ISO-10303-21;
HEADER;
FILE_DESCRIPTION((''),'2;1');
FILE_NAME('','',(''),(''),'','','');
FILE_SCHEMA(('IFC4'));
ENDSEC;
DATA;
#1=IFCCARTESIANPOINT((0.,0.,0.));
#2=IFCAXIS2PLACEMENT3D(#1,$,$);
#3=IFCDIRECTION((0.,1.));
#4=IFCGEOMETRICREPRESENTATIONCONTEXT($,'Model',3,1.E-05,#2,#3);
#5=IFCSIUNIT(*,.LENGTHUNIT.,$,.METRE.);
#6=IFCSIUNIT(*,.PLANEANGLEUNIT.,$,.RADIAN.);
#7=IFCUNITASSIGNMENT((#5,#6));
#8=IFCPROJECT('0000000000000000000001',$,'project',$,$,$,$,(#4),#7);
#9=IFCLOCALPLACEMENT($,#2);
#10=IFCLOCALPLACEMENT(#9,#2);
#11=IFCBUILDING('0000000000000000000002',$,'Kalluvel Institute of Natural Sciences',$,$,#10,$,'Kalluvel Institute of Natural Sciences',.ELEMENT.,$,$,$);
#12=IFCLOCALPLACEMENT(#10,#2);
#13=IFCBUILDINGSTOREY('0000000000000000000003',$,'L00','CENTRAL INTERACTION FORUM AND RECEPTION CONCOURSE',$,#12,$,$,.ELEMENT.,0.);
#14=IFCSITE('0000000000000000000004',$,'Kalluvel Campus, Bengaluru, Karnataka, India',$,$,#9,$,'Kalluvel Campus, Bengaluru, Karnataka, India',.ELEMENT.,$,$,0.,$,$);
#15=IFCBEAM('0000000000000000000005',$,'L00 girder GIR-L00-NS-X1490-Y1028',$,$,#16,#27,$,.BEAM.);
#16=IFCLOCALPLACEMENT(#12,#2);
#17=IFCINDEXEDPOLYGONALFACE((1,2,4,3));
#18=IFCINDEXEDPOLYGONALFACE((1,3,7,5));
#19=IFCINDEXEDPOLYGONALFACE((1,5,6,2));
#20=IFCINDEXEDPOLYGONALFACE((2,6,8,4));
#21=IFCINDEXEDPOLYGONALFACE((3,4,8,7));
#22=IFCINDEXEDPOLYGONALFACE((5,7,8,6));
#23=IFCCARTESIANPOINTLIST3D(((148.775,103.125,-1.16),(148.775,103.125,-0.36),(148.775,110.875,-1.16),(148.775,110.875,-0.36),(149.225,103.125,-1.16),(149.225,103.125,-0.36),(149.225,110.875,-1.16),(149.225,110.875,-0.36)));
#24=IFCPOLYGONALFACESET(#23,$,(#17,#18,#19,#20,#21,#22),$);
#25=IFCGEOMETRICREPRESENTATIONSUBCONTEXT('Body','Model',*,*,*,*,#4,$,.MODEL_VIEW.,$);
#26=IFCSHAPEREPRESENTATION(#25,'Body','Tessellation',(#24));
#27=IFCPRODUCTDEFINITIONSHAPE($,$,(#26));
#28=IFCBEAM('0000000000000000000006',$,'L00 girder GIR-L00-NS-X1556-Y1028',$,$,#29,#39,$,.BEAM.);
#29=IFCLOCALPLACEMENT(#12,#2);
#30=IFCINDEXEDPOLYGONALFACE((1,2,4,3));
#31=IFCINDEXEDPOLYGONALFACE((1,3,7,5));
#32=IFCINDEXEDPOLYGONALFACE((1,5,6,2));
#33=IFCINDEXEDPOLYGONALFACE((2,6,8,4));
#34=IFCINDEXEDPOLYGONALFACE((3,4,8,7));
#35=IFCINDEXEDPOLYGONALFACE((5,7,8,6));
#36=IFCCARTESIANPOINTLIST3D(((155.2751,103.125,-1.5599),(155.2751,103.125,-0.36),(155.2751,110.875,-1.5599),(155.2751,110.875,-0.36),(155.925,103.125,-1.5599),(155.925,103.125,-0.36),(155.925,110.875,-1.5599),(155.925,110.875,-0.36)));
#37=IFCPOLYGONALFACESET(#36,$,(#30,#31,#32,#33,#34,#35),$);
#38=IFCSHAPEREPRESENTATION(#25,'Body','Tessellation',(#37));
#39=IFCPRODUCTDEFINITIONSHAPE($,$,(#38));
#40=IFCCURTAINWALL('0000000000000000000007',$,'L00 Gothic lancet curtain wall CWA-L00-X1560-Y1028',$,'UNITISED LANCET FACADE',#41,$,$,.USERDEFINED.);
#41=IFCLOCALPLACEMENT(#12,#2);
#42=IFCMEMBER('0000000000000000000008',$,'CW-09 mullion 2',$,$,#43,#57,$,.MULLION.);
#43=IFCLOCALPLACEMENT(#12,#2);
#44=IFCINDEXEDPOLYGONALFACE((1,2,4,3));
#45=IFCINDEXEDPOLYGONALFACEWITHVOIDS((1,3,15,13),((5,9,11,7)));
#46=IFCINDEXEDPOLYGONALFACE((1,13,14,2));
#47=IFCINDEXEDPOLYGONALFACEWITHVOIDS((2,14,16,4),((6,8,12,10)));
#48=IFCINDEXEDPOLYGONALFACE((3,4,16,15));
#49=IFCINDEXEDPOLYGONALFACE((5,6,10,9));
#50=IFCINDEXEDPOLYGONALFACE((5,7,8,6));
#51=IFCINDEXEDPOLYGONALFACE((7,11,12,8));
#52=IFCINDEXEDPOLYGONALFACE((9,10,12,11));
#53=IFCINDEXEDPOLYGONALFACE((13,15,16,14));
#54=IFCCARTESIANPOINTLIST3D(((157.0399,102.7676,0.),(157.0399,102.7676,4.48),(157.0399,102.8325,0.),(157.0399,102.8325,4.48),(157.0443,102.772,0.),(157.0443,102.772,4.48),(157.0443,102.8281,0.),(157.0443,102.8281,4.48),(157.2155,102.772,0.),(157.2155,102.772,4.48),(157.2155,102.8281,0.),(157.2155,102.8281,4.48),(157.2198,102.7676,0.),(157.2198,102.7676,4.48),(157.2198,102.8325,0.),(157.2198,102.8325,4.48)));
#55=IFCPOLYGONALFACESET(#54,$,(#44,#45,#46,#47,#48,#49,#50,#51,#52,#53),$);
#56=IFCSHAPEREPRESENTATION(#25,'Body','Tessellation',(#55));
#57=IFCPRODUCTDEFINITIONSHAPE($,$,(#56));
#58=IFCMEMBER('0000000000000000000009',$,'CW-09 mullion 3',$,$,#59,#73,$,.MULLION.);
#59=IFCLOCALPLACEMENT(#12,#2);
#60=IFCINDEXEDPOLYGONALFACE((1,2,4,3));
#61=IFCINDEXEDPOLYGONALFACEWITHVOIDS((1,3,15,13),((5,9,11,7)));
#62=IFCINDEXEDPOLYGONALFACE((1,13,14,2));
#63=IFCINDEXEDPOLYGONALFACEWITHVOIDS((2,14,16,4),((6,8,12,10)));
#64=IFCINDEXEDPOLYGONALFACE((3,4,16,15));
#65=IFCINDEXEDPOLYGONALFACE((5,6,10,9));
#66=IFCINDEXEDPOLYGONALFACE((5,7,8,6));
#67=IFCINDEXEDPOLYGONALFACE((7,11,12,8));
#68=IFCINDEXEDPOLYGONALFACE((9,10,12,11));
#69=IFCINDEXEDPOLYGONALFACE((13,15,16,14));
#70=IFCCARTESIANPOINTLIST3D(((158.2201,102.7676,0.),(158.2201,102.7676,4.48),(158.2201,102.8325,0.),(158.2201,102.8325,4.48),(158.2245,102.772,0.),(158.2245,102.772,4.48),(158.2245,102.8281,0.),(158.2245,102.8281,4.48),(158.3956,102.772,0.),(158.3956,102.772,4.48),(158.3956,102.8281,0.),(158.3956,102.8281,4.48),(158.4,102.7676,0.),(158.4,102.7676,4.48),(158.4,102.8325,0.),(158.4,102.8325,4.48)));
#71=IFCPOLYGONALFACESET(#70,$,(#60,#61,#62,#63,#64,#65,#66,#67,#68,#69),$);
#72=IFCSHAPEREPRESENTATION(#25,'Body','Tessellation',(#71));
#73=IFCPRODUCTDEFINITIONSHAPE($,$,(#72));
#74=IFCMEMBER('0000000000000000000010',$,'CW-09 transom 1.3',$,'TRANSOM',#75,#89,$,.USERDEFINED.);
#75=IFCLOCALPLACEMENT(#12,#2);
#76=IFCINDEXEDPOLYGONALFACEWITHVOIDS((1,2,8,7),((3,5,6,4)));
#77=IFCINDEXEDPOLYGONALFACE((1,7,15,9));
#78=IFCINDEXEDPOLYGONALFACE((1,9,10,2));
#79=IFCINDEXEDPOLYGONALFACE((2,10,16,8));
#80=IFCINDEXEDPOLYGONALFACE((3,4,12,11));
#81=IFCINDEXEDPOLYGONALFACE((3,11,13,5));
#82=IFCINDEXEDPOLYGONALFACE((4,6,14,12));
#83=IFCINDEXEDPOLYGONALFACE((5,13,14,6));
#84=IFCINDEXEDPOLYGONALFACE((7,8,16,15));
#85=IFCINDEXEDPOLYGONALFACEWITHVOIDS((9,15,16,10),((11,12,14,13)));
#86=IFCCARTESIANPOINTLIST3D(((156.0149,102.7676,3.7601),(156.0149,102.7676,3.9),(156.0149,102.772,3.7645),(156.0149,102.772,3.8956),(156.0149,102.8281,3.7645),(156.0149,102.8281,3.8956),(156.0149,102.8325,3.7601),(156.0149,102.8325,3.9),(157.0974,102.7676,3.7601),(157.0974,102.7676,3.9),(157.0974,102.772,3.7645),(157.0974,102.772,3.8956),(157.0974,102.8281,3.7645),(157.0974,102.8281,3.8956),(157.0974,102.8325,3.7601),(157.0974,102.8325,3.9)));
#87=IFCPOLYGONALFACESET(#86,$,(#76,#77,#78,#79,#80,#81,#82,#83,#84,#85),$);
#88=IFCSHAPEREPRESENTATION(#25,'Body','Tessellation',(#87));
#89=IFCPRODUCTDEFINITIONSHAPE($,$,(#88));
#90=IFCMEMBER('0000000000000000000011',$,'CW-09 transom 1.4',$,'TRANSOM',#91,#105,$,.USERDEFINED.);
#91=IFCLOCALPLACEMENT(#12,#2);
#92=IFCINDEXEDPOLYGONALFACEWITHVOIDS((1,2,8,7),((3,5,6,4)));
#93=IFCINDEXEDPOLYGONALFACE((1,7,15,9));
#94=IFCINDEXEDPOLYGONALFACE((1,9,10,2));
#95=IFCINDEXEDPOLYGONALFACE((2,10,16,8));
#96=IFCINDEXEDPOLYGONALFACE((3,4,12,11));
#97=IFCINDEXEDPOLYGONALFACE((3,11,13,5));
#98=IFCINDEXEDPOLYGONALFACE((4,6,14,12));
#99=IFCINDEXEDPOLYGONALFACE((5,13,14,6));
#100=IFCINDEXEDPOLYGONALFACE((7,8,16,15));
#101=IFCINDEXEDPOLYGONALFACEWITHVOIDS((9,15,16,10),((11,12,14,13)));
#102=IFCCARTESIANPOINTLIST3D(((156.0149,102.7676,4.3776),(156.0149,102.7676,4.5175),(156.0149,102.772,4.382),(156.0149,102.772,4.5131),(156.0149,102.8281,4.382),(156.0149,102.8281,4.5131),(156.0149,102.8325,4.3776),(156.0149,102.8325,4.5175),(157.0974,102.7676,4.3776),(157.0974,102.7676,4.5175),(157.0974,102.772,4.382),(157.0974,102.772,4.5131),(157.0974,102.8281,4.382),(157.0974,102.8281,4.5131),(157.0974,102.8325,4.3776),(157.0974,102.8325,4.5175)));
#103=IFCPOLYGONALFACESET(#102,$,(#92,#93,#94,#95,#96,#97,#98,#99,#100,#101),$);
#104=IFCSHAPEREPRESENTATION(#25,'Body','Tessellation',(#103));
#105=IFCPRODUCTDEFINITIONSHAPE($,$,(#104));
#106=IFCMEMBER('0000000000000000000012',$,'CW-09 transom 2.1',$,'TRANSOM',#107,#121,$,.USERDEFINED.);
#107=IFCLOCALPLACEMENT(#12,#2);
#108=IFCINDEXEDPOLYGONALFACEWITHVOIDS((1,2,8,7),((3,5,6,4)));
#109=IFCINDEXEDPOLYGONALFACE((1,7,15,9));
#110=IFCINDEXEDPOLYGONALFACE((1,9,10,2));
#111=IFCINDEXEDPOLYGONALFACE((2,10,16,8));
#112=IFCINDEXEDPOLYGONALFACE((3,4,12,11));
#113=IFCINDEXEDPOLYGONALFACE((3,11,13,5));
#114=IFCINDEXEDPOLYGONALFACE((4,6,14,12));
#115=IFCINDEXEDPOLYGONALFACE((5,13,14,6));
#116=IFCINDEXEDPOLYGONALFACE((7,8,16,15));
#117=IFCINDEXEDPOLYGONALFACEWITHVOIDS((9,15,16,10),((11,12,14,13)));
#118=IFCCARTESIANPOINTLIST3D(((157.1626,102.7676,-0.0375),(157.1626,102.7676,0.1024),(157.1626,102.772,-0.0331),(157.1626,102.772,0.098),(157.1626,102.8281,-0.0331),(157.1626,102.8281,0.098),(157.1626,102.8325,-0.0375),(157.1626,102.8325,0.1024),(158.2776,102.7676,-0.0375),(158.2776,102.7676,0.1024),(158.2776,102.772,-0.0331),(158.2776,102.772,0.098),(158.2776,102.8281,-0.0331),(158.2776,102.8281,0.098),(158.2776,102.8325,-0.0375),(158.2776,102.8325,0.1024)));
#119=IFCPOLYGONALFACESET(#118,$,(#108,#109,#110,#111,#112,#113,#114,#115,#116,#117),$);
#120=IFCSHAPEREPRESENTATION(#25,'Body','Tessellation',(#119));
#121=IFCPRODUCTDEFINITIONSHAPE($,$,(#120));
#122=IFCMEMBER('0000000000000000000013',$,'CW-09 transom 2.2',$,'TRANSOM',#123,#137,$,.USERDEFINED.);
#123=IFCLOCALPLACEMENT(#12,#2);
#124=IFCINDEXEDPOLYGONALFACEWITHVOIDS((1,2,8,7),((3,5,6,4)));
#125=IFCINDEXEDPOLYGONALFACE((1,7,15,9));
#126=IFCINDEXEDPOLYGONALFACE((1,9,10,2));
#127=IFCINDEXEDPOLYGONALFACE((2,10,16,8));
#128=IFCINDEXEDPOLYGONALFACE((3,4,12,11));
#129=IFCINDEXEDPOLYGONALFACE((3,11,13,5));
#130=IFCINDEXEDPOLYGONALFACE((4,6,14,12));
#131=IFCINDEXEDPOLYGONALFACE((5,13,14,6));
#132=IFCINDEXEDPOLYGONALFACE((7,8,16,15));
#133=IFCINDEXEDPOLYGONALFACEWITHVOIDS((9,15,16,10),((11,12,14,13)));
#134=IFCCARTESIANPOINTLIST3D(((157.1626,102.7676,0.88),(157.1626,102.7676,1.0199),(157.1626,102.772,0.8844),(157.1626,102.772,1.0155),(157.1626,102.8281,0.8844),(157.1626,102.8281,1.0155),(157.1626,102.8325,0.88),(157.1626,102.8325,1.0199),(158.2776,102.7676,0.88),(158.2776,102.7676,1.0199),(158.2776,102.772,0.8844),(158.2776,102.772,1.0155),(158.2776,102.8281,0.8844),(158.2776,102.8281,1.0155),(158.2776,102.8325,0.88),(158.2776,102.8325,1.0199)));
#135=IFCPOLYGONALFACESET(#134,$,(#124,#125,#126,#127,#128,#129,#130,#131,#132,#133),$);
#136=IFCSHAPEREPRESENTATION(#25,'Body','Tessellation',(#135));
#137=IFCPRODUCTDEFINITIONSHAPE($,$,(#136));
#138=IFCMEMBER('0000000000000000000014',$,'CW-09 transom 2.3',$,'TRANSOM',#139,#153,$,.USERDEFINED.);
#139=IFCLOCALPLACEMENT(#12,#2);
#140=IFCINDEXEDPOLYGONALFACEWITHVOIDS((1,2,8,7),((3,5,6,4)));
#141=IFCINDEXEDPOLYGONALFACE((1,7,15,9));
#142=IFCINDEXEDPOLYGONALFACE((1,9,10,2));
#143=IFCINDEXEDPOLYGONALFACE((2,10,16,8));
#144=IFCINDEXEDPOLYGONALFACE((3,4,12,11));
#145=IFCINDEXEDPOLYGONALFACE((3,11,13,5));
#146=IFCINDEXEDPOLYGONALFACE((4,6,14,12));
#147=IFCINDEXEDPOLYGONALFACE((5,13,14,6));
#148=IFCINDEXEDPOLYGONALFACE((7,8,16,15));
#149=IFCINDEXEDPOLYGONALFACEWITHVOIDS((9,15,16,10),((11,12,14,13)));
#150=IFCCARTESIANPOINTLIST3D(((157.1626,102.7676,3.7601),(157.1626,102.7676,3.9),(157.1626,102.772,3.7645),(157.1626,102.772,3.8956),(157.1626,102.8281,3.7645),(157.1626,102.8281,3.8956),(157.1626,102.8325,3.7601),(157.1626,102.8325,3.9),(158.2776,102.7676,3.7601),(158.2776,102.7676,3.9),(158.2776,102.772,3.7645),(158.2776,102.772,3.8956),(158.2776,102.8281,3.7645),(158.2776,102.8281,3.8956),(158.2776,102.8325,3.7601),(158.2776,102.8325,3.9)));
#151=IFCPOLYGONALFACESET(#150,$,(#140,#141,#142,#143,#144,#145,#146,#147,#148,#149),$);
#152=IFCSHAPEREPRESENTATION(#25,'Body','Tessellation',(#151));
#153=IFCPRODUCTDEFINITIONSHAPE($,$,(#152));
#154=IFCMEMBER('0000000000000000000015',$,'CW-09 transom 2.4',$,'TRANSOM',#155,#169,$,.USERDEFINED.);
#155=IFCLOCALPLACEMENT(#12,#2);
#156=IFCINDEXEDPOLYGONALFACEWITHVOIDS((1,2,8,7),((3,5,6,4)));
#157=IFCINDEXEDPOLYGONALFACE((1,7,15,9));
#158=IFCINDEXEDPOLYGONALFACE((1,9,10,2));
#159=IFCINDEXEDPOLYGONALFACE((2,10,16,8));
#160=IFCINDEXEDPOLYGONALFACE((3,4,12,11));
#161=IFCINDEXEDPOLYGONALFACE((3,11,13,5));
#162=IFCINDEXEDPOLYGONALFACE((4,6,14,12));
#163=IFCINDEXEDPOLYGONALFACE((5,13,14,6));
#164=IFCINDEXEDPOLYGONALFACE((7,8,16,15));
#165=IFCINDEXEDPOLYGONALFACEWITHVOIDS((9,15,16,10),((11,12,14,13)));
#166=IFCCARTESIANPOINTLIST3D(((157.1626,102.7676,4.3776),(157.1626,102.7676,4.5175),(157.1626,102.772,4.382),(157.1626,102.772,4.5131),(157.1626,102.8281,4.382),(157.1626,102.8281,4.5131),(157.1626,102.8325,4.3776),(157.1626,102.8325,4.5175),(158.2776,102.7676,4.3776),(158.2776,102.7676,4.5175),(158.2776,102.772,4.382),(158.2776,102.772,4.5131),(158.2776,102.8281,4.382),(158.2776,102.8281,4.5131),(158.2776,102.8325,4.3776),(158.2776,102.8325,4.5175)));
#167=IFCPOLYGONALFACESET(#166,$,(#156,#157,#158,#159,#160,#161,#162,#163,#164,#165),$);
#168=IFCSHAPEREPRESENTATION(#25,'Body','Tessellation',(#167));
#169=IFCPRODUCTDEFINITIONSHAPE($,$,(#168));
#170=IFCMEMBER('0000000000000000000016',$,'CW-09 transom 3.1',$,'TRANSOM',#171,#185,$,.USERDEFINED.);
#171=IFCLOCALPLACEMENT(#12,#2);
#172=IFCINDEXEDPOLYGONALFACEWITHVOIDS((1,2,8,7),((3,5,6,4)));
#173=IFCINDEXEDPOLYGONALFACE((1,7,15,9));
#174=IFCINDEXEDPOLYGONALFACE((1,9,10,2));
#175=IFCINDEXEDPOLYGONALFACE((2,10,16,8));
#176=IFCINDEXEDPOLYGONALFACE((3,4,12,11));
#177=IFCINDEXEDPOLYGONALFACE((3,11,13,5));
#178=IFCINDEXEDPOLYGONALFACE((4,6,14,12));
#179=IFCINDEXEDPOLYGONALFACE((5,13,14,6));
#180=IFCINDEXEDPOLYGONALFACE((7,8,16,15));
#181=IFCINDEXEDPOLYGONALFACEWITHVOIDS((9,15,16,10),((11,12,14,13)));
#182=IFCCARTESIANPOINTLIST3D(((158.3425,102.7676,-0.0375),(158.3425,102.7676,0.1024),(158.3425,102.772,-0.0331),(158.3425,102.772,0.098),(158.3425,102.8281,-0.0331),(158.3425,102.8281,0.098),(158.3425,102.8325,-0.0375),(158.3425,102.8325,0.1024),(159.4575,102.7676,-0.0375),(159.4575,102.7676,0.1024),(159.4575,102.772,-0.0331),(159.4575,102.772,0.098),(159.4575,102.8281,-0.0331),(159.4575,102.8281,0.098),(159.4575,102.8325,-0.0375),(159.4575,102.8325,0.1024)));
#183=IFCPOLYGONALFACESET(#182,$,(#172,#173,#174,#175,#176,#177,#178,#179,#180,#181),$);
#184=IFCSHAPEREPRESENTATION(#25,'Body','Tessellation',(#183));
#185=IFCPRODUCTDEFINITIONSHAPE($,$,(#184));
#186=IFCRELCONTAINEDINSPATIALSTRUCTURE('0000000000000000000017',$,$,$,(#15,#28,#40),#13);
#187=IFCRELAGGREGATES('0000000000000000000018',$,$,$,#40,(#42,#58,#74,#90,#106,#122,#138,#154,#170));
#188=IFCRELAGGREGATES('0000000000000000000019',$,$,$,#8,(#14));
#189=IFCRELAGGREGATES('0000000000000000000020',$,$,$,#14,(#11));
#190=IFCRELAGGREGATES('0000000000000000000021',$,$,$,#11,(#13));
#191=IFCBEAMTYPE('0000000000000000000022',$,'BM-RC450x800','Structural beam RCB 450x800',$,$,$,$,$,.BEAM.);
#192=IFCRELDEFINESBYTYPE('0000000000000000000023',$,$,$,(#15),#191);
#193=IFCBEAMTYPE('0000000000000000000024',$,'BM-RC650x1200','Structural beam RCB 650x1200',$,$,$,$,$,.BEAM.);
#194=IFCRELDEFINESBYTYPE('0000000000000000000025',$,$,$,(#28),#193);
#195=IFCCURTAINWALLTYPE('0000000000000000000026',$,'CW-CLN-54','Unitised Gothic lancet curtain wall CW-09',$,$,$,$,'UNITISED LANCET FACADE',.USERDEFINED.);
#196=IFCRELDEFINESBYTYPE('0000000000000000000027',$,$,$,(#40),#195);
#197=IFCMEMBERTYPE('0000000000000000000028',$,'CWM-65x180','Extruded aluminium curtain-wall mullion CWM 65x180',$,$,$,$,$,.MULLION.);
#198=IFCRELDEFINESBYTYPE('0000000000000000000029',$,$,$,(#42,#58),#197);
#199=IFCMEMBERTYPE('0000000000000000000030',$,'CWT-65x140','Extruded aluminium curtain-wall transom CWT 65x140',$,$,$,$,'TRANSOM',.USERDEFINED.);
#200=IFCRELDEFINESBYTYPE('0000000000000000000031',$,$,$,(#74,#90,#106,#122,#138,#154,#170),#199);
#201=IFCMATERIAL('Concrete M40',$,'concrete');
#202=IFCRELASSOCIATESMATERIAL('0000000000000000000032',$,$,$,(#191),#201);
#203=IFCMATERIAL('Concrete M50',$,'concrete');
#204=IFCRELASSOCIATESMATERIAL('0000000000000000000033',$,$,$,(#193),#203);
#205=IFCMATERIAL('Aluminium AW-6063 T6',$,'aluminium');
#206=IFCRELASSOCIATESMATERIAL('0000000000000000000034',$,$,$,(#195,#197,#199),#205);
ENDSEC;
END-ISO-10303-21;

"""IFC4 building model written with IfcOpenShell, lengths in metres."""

from ifc_helpers import new_model, si_unit, direction, frame, origin, origin_2d, place, context, subcontext, project, spatial, rectangle, hollow_rectangle, extrude, material, material_profile, profile_set, type_object, element, aggregate, save


model = new_model("IFC4")

# Units and contexts
model_context = context("Model", 3, precision=1e-05, world=origin(), true_north=direction((0.0, 1.0)))
body_context = subcontext(model_context, "Body", "Model", "MODEL_VIEW")
ifc_project = project(units=[si_unit("LENGTHUNIT", "METRE"), si_unit("PLANEANGLEUNIT", "RADIAN")], contexts=[model_context])

# Site, building, storey
site_placement = place(None, origin())
site = spatial("IfcSite", under=ifc_project, at=site_placement, Name="Kalluvel Campus, Bengaluru, Karnataka, India", LongName="Kalluvel Campus, Bengaluru, Karnataka, India", CompositionType="ELEMENT", RefElevation=0.0)
building_placement = place(site_placement, origin())
building = spatial("IfcBuilding", under=site, at=building_placement, Name="Kalluvel Institute of Natural Sciences", LongName="Kalluvel Institute of Natural Sciences", CompositionType="ELEMENT")
storey_placement = place(building_placement, origin())
storey = spatial("IfcBuildingStorey", under=building, at=storey_placement, Name="L00", Description="CENTRAL INTERACTION FORUM AND RECEPTION CONCOURSE", CompositionType="ELEMENT", Elevation=0.0)

# Beams
ifc_material_1 = material(Name="Concrete M40", Category="concrete")
ifc_material_profile_1 = material_profile(ifc_material_1, rectangle(XDim=0.45, YDim=0.8, at=origin_2d()), Name="RCB 450x800")
ifc_profile_set_1 = profile_set([ifc_material_profile_1], Name="Concrete M40")
beam_type_1 = type_object("IfcBeamType", Name="BM-RC450x800", Description="Structural beam RCB 450x800", PredefinedType="BEAM", material=ifc_profile_set_1)
beam_1_placement = place(storey_placement, frame((149.0, 103.125, -0.76), z_axis=(0.0, 1.0, 0.0), x_axis=(-1.0, 0.0, 0.0)))
element("IfcBeam", 1, at=beam_1_placement, inside=storey, type_object=beam_type_1, Name="L00 girder GIR-L00-NS-X1490-Y1028", PredefinedType="BEAM", context=body_context, shape_type="SweptSolid", body=[
    extrude(rectangle(XDim=0.45, YDim=0.8, at=origin_2d()), origin(), (0.0, 0.0, 1.0), 7.75),
])
ifc_material_2 = material(Name="Concrete M50", Category="concrete")
ifc_material_profile_2 = material_profile(ifc_material_2, rectangle(XDim=0.6499, YDim=1.2, at=origin_2d()), Name="RCB 650x1200")
ifc_profile_set_2 = profile_set([ifc_material_profile_2], Name="Concrete M50")
beam_type_2 = type_object("IfcBeamType", Name="BM-RC650x1200", Description="Structural beam RCB 650x1200", PredefinedType="BEAM", material=ifc_profile_set_2)
beam_2_placement = place(storey_placement, frame((155.6001, 103.125, -0.96), z_axis=(0.0, 1.0, 0.0), x_axis=(-1.0, 0.0, 0.0)))
element("IfcBeam", 2, at=beam_2_placement, inside=storey, type_object=beam_type_2, Name="L00 girder GIR-L00-NS-X1556-Y1028", PredefinedType="BEAM", context=body_context, shape_type="SweptSolid", body=[
    extrude(rectangle(XDim=0.6499, YDim=1.2, at=origin_2d()), origin(), (0.0, 0.0, 1.0), 7.75),
])

# Curtain wall, members
ifc_material_3 = material(Name="Aluminium AW-6063 T6", Category="aluminium")
curtain_wall_type = type_object("IfcCurtainWallType", Name="CW-CLN-54", Description="Unitised Gothic lancet curtain wall CW-09", ElementType="UNITISED LANCET FACADE", PredefinedType="USERDEFINED", material=ifc_material_3)
curtain_wall_placement = place(storey_placement, origin())
curtain_wall = element("IfcCurtainWall", 3, at=curtain_wall_placement, inside=storey, type_object=curtain_wall_type, Name="L00 Gothic lancet curtain wall CWA-L00-X1560-Y1028", ObjectType="UNITISED LANCET FACADE", PredefinedType="USERDEFINED")
ifc_material_profile_3 = material_profile(ifc_material_3, hollow_rectangle(XDim=0.0649, YDim=0.1799, WallThickness=0.0044, at=origin_2d()), Name="CWM 65x180")
ifc_profile_set_3 = profile_set([ifc_material_profile_3], Name="Aluminium AW-6063 T6")
member_type_1 = type_object("IfcMemberType", Name="CWM-65x180", Description="Extruded aluminium curtain-wall mullion CWM 65x180", PredefinedType="MULLION", material=ifc_profile_set_3)
member_1_placement = place(storey_placement, frame((157.1299, 102.8, 0.0), z_axis=(0.0, 0.0, 1.0), x_axis=(0.0, 1.0, 0.0)))
member_1 = element("IfcMember", 4, at=member_1_placement, type_object=member_type_1, Name="CW-09 mullion 2", PredefinedType="MULLION", context=body_context, shape_type="SweptSolid", body=[
    extrude(hollow_rectangle(XDim=0.0649, YDim=0.1799, WallThickness=0.0044, at=origin_2d()), origin(), (0.0, 0.0, 1.0), 4.48),
])
member_2_placement = place(storey_placement, frame((158.3101, 102.8, 0.0), z_axis=(0.0, 0.0, 1.0), x_axis=(0.0, 1.0, 0.0)))
member_2 = element("IfcMember", 5, at=member_2_placement, type_object=member_type_1, Name="CW-09 mullion 3", PredefinedType="MULLION", context=body_context, shape_type="SweptSolid", body=[
    extrude(hollow_rectangle(XDim=0.0649, YDim=0.1799, WallThickness=0.0044, at=origin_2d()), origin(), (0.0, 0.0, 1.0), 4.48),
])
ifc_material_profile_4 = material_profile(ifc_material_3, hollow_rectangle(XDim=0.0649, YDim=0.1399, WallThickness=0.0044, at=origin_2d()), Name="CWT 65x140")
ifc_profile_set_4 = profile_set([ifc_material_profile_4], Name="Aluminium AW-6063 T6")
member_type_2 = type_object("IfcMemberType", Name="CWT-65x140", Description="Extruded aluminium curtain-wall transom CWT 65x140", ElementType="TRANSOM", PredefinedType="USERDEFINED", material=ifc_profile_set_4)
member_3_placement = place(storey_placement, frame((156.0149, 102.8, 3.8301), z_axis=(1.0, 0.0, 0.0), x_axis=(0.0, 1.0, 0.0)))
member_3 = element("IfcMember", 6, at=member_3_placement, type_object=member_type_2, Name="CW-09 transom 1.3", ObjectType="TRANSOM", PredefinedType="USERDEFINED", context=body_context, shape_type="SweptSolid", body=[
    extrude(hollow_rectangle(XDim=0.0649, YDim=0.1399, WallThickness=0.0044, at=origin_2d()), origin(), (0.0, 0.0, 1.0), 1.0825),
])
member_4_placement = place(storey_placement, frame((156.0149, 102.8, 4.4475), z_axis=(1.0, 0.0, 0.0), x_axis=(0.0, 1.0, 0.0)))
member_4 = element("IfcMember", 7, at=member_4_placement, type_object=member_type_2, Name="CW-09 transom 1.4", ObjectType="TRANSOM", PredefinedType="USERDEFINED", context=body_context, shape_type="SweptSolid", body=[
    extrude(hollow_rectangle(XDim=0.0649, YDim=0.1399, WallThickness=0.0044, at=origin_2d()), origin(), (0.0, 0.0, 1.0), 1.0825),
])
member_5_placement = place(storey_placement, frame((157.1626, 102.8, 0.0325), z_axis=(1.0, 0.0, 0.0), x_axis=(0.0, 1.0, 0.0)))
member_5 = element("IfcMember", 8, at=member_5_placement, type_object=member_type_2, Name="CW-09 transom 2.1", ObjectType="TRANSOM", PredefinedType="USERDEFINED", context=body_context, shape_type="SweptSolid", body=[
    extrude(hollow_rectangle(XDim=0.0649, YDim=0.1399, WallThickness=0.0044, at=origin_2d()), origin(), (0.0, 0.0, 1.0), 1.115),
])
member_6_placement = place(storey_placement, frame((157.1626, 102.8, 0.95), z_axis=(1.0, 0.0, 0.0), x_axis=(0.0, 1.0, 0.0)))
member_6 = element("IfcMember", 9, at=member_6_placement, type_object=member_type_2, Name="CW-09 transom 2.2", ObjectType="TRANSOM", PredefinedType="USERDEFINED", context=body_context, shape_type="SweptSolid", body=[
    extrude(hollow_rectangle(XDim=0.0649, YDim=0.1399, WallThickness=0.0044, at=origin_2d()), origin(), (0.0, 0.0, 1.0), 1.115),
])
member_7_placement = place(storey_placement, frame((157.1626, 102.8, 3.8301), z_axis=(1.0, 0.0, 0.0), x_axis=(0.0, 1.0, 0.0)))
member_7 = element("IfcMember", 10, at=member_7_placement, type_object=member_type_2, Name="CW-09 transom 2.3", ObjectType="TRANSOM", PredefinedType="USERDEFINED", context=body_context, shape_type="SweptSolid", body=[
    extrude(hollow_rectangle(XDim=0.0649, YDim=0.1399, WallThickness=0.0044, at=origin_2d()), origin(), (0.0, 0.0, 1.0), 1.115),
])
member_8_placement = place(storey_placement, frame((157.1626, 102.8, 4.4475), z_axis=(1.0, 0.0, 0.0), x_axis=(0.0, 1.0, 0.0)))
member_8 = element("IfcMember", 11, at=member_8_placement, type_object=member_type_2, Name="CW-09 transom 2.4", ObjectType="TRANSOM", PredefinedType="USERDEFINED", context=body_context, shape_type="SweptSolid", body=[
    extrude(hollow_rectangle(XDim=0.0649, YDim=0.1399, WallThickness=0.0044, at=origin_2d()), origin(), (0.0, 0.0, 1.0), 1.115),
])
member_9_placement = place(storey_placement, frame((158.3425, 102.8, 0.0325), z_axis=(1.0, 0.0, 0.0), x_axis=(0.0, 1.0, 0.0)))
member_9 = element("IfcMember", 12, at=member_9_placement, type_object=member_type_2, Name="CW-09 transom 3.1", ObjectType="TRANSOM", PredefinedType="USERDEFINED", context=body_context, shape_type="SweptSolid", body=[
    extrude(hollow_rectangle(XDim=0.0649, YDim=0.1399, WallThickness=0.0044, at=origin_2d()), origin(), (0.0, 0.0, 1.0), 1.115),
])
aggregate(curtain_wall, [member_1, member_2, member_3, member_4, member_5, member_6, member_7, member_8, member_9])

save(model, "model.ifc")
